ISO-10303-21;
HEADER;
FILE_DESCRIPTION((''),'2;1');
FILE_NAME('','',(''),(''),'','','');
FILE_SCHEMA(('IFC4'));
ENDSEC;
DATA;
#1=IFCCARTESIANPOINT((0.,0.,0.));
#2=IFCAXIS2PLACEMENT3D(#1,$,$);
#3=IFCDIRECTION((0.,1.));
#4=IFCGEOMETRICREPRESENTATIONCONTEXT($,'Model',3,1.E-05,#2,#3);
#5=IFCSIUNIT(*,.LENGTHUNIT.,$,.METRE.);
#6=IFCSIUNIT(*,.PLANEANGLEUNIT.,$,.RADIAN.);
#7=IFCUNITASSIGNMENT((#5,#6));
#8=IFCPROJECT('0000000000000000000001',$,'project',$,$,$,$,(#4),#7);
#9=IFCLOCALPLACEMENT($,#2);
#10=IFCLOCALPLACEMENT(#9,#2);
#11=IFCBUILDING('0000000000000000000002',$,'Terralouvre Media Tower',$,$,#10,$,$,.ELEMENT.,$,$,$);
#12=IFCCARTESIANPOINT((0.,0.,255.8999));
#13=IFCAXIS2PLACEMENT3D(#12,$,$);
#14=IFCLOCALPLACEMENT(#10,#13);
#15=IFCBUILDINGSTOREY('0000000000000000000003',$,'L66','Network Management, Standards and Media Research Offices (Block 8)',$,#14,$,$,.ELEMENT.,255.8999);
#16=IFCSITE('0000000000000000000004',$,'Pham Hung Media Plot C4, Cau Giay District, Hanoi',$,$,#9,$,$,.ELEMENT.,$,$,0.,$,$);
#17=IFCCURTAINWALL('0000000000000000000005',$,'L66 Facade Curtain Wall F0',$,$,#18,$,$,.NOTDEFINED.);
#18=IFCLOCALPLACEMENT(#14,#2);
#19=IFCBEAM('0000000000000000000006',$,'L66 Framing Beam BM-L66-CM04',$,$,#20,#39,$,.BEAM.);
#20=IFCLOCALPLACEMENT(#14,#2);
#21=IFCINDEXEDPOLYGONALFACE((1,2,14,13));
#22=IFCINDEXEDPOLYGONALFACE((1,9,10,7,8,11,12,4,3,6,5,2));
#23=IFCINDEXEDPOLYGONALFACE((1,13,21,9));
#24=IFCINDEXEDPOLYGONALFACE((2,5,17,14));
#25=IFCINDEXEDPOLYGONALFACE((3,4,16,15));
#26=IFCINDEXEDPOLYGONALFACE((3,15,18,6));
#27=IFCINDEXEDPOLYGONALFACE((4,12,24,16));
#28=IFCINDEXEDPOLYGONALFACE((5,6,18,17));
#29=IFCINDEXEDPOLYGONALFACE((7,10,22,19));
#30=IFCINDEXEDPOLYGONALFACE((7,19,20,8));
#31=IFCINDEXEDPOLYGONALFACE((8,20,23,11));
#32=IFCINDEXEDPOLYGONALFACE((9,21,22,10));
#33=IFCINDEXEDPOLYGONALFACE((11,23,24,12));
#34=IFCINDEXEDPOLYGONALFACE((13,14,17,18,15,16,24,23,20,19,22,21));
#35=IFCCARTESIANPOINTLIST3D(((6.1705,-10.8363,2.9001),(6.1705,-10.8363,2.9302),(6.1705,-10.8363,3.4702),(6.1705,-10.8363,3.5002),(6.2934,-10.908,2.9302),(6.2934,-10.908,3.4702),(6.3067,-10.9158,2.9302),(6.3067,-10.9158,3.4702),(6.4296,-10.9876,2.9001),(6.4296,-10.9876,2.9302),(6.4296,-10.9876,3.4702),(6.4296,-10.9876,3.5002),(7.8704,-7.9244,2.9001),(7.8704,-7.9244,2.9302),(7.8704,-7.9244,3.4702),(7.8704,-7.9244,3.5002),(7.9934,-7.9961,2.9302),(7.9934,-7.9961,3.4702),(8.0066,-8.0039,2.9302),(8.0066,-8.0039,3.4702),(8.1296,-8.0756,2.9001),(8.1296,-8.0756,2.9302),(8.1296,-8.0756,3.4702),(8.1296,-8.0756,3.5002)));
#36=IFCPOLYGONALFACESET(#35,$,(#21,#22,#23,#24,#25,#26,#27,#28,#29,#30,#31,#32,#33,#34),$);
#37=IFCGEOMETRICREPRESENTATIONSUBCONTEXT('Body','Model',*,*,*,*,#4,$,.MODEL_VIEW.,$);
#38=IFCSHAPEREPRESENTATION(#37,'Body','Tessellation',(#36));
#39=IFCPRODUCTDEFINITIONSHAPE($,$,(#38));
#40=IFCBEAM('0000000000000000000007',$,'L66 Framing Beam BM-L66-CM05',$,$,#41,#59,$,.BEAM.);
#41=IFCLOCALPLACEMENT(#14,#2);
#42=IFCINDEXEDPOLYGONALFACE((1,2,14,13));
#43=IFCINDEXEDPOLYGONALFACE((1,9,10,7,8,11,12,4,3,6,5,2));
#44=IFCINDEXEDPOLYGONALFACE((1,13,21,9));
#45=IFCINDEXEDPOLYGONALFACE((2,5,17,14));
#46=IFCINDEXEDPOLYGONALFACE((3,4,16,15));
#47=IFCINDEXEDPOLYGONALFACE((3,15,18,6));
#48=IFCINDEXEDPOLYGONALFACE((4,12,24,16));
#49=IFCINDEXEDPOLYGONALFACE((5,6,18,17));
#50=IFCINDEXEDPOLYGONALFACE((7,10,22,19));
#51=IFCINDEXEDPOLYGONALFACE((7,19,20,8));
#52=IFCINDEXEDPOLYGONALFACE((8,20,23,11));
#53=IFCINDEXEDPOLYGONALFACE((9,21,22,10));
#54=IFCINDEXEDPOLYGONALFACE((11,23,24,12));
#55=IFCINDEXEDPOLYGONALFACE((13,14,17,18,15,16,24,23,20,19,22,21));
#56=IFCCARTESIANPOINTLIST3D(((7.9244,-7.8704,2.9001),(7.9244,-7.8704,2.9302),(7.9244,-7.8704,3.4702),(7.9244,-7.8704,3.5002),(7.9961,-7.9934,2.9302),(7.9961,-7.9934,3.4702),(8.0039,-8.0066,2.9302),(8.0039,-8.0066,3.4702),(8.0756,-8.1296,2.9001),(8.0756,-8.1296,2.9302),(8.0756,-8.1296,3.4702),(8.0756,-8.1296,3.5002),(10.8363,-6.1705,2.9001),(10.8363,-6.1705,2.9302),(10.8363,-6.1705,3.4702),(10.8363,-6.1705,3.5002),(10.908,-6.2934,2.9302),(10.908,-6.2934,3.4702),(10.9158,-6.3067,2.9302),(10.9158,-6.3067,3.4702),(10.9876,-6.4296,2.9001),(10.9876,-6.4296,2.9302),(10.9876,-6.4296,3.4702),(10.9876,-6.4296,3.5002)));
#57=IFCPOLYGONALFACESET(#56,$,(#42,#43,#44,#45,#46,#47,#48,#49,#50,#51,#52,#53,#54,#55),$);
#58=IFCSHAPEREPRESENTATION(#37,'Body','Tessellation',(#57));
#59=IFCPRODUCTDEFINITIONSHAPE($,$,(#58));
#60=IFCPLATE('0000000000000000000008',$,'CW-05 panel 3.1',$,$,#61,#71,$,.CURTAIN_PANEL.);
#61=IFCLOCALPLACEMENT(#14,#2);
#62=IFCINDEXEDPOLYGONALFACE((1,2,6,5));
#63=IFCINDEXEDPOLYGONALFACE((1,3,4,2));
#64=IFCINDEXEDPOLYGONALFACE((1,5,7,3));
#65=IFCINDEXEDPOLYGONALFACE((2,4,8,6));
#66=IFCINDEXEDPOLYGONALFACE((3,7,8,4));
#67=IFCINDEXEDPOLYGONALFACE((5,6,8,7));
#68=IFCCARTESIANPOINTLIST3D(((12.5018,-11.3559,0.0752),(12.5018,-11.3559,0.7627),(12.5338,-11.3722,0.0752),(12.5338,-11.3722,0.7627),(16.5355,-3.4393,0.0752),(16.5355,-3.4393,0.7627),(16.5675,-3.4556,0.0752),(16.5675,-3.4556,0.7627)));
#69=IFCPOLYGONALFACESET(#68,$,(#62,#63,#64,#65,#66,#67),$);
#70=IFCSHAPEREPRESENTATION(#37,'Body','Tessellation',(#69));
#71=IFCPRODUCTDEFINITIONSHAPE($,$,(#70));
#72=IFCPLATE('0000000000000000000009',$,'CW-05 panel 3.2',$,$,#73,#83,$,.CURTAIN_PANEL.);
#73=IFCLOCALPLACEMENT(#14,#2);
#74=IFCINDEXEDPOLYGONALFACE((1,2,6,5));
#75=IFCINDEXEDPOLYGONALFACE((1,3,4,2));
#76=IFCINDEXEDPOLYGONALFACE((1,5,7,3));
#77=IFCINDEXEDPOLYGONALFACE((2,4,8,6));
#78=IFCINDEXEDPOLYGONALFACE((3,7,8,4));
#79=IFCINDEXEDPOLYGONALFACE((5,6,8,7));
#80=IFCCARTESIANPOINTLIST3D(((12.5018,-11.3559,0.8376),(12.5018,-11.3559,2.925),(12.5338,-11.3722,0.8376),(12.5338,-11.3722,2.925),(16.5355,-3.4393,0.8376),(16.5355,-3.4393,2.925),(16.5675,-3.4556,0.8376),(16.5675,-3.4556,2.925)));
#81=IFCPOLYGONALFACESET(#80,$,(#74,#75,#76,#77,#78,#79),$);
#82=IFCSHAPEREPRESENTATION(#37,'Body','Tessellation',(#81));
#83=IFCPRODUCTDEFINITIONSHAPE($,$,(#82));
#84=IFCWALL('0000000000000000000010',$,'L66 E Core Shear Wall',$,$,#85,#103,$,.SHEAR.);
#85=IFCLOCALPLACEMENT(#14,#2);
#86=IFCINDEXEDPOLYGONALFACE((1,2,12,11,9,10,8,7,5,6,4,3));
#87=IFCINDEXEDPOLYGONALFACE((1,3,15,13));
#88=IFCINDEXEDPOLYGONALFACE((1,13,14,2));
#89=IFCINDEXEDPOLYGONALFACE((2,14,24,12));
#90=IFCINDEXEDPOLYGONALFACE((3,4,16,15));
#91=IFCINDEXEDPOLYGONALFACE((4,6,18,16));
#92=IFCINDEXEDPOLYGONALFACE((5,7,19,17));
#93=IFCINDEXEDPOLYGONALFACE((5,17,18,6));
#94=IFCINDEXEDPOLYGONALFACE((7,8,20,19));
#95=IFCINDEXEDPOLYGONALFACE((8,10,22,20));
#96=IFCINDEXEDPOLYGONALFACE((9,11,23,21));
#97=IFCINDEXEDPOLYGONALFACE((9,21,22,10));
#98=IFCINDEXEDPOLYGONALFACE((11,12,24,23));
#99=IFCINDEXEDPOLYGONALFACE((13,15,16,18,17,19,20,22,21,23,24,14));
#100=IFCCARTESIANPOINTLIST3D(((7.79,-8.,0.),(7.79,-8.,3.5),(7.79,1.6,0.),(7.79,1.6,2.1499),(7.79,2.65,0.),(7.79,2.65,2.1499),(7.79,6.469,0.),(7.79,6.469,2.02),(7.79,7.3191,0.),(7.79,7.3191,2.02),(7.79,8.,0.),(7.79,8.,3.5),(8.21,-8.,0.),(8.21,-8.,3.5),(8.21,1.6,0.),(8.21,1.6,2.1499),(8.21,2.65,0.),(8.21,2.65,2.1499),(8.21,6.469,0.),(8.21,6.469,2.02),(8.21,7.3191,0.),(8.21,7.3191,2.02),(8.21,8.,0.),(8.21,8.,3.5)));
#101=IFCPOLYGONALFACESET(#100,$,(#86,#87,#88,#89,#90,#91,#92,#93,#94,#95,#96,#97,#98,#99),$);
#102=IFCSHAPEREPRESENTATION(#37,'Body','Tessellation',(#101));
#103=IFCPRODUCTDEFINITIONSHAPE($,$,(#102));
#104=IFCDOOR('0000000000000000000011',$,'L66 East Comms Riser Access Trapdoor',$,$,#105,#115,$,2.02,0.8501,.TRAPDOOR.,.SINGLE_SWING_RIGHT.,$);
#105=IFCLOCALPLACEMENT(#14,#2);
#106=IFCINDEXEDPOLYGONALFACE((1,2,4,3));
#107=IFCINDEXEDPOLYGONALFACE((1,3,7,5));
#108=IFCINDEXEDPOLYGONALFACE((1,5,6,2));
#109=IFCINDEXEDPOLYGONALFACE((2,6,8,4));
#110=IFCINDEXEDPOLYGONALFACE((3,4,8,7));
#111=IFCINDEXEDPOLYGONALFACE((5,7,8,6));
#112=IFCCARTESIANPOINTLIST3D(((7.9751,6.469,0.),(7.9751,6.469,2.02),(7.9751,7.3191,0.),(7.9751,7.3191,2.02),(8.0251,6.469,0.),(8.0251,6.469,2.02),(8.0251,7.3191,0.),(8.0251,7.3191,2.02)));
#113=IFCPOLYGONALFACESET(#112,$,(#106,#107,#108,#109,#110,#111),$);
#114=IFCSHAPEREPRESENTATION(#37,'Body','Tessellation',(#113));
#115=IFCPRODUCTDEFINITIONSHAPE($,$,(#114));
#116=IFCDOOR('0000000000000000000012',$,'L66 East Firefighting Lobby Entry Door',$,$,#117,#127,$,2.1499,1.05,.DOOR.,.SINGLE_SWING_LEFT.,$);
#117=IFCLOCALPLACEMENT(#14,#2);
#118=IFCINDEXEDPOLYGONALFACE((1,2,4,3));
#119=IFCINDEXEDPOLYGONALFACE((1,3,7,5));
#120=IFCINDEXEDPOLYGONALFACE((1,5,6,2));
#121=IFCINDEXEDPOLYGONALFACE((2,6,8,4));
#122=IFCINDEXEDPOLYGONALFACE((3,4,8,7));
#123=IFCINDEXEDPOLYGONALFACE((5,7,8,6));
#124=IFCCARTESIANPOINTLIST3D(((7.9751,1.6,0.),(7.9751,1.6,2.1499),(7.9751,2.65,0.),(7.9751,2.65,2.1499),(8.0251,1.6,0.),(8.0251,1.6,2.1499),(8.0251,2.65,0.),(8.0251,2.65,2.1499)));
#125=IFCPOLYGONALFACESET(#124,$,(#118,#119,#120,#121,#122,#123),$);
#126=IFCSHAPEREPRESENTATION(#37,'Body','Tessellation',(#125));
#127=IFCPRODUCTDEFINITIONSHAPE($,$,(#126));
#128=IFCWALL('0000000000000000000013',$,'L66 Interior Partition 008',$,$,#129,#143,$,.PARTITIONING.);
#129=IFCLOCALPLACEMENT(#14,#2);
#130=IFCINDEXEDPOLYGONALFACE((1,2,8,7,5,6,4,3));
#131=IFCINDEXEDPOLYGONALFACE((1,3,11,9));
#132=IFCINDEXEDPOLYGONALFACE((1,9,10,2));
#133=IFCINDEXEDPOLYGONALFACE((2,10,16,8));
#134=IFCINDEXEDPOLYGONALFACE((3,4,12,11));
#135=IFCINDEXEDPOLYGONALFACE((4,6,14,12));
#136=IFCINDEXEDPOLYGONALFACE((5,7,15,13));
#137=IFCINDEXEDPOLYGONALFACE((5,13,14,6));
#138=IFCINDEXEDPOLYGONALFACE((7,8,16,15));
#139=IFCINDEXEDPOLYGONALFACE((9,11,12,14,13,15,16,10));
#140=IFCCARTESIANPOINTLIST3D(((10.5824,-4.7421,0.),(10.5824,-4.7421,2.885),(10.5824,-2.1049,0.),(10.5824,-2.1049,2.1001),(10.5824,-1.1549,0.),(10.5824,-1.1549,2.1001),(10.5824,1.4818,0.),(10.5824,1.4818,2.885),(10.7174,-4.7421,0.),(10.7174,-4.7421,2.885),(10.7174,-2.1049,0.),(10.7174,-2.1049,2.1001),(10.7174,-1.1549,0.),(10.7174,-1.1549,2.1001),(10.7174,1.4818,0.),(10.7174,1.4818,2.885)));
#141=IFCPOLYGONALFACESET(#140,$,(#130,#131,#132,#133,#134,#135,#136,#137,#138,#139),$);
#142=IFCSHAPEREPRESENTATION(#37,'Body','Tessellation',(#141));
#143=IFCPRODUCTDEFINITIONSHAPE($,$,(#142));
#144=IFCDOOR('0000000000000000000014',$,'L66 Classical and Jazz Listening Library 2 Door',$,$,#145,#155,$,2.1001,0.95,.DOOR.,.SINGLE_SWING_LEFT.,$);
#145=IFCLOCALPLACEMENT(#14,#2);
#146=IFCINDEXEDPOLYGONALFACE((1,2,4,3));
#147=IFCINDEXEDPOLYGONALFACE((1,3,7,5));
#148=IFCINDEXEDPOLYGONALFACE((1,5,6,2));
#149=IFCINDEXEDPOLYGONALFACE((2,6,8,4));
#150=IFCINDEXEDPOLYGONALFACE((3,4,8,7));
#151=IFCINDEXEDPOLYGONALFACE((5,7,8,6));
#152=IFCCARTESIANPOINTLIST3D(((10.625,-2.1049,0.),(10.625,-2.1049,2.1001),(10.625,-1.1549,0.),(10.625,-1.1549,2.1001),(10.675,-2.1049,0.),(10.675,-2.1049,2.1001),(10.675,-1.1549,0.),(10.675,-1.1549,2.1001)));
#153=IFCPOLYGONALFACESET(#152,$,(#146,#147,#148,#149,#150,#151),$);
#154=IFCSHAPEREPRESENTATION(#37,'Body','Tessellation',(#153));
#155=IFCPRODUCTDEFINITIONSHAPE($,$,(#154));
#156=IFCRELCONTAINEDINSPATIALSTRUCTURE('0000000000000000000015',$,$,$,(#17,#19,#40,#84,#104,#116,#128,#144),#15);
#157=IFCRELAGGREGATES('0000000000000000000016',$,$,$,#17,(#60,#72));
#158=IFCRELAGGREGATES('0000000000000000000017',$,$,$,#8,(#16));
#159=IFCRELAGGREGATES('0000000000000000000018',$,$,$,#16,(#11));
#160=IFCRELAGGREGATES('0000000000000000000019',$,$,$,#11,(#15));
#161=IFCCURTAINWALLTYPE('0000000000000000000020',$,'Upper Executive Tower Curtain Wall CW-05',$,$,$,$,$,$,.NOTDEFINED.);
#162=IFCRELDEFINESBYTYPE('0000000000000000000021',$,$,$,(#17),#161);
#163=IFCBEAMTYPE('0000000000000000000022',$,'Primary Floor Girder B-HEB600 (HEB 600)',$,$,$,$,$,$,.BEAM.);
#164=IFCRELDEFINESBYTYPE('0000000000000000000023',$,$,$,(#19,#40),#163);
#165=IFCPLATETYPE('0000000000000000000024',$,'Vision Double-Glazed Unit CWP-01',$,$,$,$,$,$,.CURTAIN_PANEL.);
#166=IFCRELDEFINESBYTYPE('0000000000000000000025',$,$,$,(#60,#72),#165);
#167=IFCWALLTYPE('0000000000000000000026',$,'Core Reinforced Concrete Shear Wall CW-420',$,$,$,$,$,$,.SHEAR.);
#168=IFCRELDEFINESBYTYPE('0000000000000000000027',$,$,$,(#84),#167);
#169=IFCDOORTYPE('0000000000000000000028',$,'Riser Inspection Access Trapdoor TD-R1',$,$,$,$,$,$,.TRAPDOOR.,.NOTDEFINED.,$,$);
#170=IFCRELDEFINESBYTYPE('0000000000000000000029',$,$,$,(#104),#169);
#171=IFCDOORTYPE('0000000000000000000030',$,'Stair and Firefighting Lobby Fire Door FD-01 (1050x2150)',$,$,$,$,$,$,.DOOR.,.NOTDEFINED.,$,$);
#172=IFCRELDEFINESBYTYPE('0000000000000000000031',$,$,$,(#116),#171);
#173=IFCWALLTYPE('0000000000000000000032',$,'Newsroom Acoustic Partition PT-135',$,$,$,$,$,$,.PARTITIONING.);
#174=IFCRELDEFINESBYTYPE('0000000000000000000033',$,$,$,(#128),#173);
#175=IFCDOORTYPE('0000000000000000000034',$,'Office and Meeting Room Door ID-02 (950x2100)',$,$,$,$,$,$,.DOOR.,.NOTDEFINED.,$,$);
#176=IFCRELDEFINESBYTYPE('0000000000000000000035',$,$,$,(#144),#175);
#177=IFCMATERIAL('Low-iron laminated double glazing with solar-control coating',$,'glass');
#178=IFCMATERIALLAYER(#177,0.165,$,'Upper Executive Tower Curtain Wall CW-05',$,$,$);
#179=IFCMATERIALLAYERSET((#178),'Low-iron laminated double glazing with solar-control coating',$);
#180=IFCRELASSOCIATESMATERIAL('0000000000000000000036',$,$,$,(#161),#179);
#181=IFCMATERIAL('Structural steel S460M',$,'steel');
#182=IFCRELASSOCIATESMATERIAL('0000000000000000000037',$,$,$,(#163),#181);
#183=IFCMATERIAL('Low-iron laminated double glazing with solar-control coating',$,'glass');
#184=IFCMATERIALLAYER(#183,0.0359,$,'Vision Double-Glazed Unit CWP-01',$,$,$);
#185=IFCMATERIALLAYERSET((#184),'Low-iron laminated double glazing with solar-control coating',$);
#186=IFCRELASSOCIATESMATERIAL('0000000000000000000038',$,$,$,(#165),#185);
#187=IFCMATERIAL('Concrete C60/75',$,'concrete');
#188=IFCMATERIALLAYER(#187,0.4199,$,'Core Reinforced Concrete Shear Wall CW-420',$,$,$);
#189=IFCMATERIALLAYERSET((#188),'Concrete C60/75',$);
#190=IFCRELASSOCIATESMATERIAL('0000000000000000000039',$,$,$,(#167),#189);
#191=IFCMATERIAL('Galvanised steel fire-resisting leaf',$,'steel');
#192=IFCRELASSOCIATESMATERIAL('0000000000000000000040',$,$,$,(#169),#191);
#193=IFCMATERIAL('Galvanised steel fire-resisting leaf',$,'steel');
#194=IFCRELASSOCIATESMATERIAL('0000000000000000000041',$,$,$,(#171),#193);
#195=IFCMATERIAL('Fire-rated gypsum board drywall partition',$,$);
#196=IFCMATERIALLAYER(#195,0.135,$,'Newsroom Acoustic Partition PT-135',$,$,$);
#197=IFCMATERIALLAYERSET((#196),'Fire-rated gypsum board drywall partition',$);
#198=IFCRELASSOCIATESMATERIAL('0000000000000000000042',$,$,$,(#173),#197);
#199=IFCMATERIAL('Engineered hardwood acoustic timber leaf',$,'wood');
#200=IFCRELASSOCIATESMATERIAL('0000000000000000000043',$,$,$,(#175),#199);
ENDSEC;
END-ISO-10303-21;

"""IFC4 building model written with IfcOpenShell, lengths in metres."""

from ifc_helpers import new_model, si_unit, direction, frame, frame_2d, origin, origin_2d, place, context, subcontext, project, spatial, rectangle, i_section, extrude, material, layer, layer_set, material_profile, profile_set, type_object, element, fill, aggregate, save


model = new_model("IFC4")

# Units and contexts
model_context = context("Model", 3, precision=1e-05, world=origin(), true_north=direction((0.0, 1.0)))
body_context = subcontext(model_context, "Body", "Model", "MODEL_VIEW")
ifc_project = project(units=[si_unit("LENGTHUNIT", "METRE"), si_unit("PLANEANGLEUNIT", "RADIAN")], contexts=[model_context])

# Site, building, storey
site_placement = place(None, origin())
site = spatial("IfcSite", under=ifc_project, at=site_placement, Name="Pham Hung Media Plot C4, Cau Giay District, Hanoi", CompositionType="ELEMENT", RefElevation=0.0)
building_placement = place(site_placement, origin())
building = spatial("IfcBuilding", under=site, at=building_placement, Name="Terralouvre Media Tower", CompositionType="ELEMENT")
storey_placement = place(building_placement, frame((0.0, 0.0, 255.8999)))
storey = spatial("IfcBuildingStorey", under=building, at=storey_placement, Name="L66", Description="Network Management, Standards and Media Research Offices (Block 8)", CompositionType="ELEMENT", Elevation=255.8999)

# Curtain wall
ifc_material_1 = material(Name="Low-iron laminated double glazing with solar-control coating", Category="glass")
ifc_layer_1 = layer(ifc_material_1, 0.165, Name="Upper Executive Tower Curtain Wall CW-05")
ifc_layer_set_1 = layer_set([ifc_layer_1], Name="Low-iron laminated double glazing with solar-control coating")
curtain_wall_type = type_object("IfcCurtainWallType", Name="Upper Executive Tower Curtain Wall CW-05", PredefinedType="NOTDEFINED", material=ifc_layer_set_1)
curtain_wall_placement = place(storey_placement, origin())
curtain_wall = element("IfcCurtainWall", 1, at=curtain_wall_placement, inside=storey, type_object=curtain_wall_type, Name="L66 Facade Curtain Wall F0", PredefinedType="NOTDEFINED")

# Beams
ifc_material_2 = material(Name="Structural steel S460M", Category="steel")
ifc_material_profile_1 = material_profile(ifc_material_2, i_section(OverallWidth=0.3, OverallDepth=0.6001, WebThickness=0.0154, FlangeThickness=0.03, at=origin_2d()), Name="HEB 600")
ifc_profile_set_1 = profile_set([ifc_material_profile_1], Name="Structural steel S460M")
beam_type_1 = type_object("IfcBeamType", Name="Primary Floor Girder B-HEB600 (HEB 600)", PredefinedType="BEAM", material=ifc_profile_set_1)
for number, where, z_axis, x_axis, name in (
    (2, (8.0, -8.0, 3.2002), (-0.504173, -0.863603, 0.0), (0.863603, -0.504173, 0.0), "L66 Framing Beam BM-L66-CM04"),
    (3, (8.0, -8.0, 3.2002), (0.863603, 0.504173, 0.0), (-0.504173, 0.863603, 0.0), "L66 Framing Beam BM-L66-CM05"),
):
    element("IfcBeam", number, at=place(storey_placement, frame(where, z_axis=z_axis, x_axis=x_axis)), inside=storey, type_object=beam_type_1, Name=name, PredefinedType="BEAM", context=body_context, shape_type="SweptSolid", body=[
        extrude(i_section(OverallWidth=0.3, OverallDepth=0.6001, WebThickness=0.0154, FlangeThickness=0.03, at=origin_2d()), origin(), (0.0, 0.0, 1.0), 3.3718),
    ])

# Plates
ifc_material_3 = material(Name="Low-iron laminated double glazing with solar-control coating", Category="glass")
ifc_layer_2 = layer(ifc_material_3, 0.0359, Name="Vision Double-Glazed Unit CWP-01")
ifc_layer_set_2 = layer_set([ifc_layer_2], Name="Low-iron laminated double glazing with solar-control coating")
plate_type = type_object("IfcPlateType", Name="Vision Double-Glazed Unit CWP-01", PredefinedType="CURTAIN_PANEL", material=ifc_layer_set_2)
plate_1_placement = place(storey_placement, frame((14.5347, -7.4058, 0.0752), z_axis=(0.0, 0.0, 1.0), x_axis=(0.45399, 0.891007, 0.0)))
plate_1 = element("IfcPlate", 4, at=plate_1_placement, type_object=plate_type, Name="CW-05 panel 3.1", PredefinedType="CURTAIN_PANEL", context=body_context, shape_type="SweptSolid", body=[
    extrude(rectangle(XDim=8.885, YDim=0.0359, at=origin_2d()), origin(), (0.0, 0.0, 1.0), 0.6875),
])
plate_2_placement = place(storey_placement, frame((14.5347, -7.4058, 0.8376), z_axis=(0.0, 0.0, 1.0), x_axis=(0.45399, 0.891007, 0.0)))
plate_2 = element("IfcPlate", 5, at=plate_2_placement, type_object=plate_type, Name="CW-05 panel 3.2", PredefinedType="CURTAIN_PANEL", context=body_context, shape_type="SweptSolid", body=[
    extrude(rectangle(XDim=8.885, YDim=0.0359, at=origin_2d()), origin(), (0.0, 0.0, 1.0), 2.0874),
])
aggregate(curtain_wall, [plate_1, plate_2])

# Wall, openings, doors
ifc_material_4 = material(Name="Concrete C60/75", Category="concrete")
ifc_layer_3 = layer(ifc_material_4, 0.4199, Name="Core Reinforced Concrete Shear Wall CW-420")
ifc_layer_set_3 = layer_set([ifc_layer_3], Name="Concrete C60/75")
wall_type_1 = type_object("IfcWallType", Name="Core Reinforced Concrete Shear Wall CW-420", PredefinedType="SHEAR", material=ifc_layer_set_3)
wall_1_placement = place(storey_placement, frame((8.0, -8.0, 0.0), z_axis=(0.0, 0.0, 1.0), x_axis=(0.0, 1.0, 0.0)))
wall_1 = element("IfcWall", 6, at=wall_1_placement, inside=storey, type_object=wall_type_1, Name="L66 E Core Shear Wall", PredefinedType="SHEAR", context=body_context, shape_type="SweptSolid", body=[
    extrude(rectangle(XDim=16.0, YDim=0.4199, at=frame_2d((8.0, 0.0))), origin(), (0.0, 0.0, 1.0), 3.5),
])
opening_1_placement = place(wall_1_placement, frame((9.6001, 0.0, 0.0)))
opening_1 = element("IfcOpeningElement", 7, at=opening_1_placement, cuts=wall_1, PredefinedType="OPENING", context=body_context, shape_type="SweptSolid", body=[
    extrude(rectangle(XDim=1.05, YDim=2.1499, at=frame_2d((0.5249, 1.075))), frame((0.0, 0.22, 0.0), z_axis=(0.0, -1.0, 0.0), x_axis=(1.0, 0.0, 0.0)), (0.0, 0.0, 1.0), 0.4399),
])
opening_2_placement = place(wall_1_placement, frame((14.469, 0.0, 0.0)))
opening_2 = element("IfcOpeningElement", 8, at=opening_2_placement, cuts=wall_1, PredefinedType="OPENING", context=body_context, shape_type="SweptSolid", body=[
    extrude(rectangle(XDim=0.8501, YDim=2.02, at=frame_2d((0.425, 1.01))), frame((0.0, 0.22, 0.0), z_axis=(0.0, -1.0, 0.0), x_axis=(1.0, 0.0, 0.0)), (0.0, 0.0, 1.0), 0.4399),
])
ifc_material_5 = material(Name="Galvanised steel fire-resisting leaf", Category="steel")
door_type_1 = type_object("IfcDoorType", Name="Riser Inspection Access Trapdoor TD-R1", OperationType="NOTDEFINED", PredefinedType="TRAPDOOR", material=ifc_material_5)
door_1_placement = place(opening_2_placement, origin())
door_1 = element("IfcDoor", 9, at=door_1_placement, inside=storey, type_object=door_type_1, Name="L66 East Comms Riser Access Trapdoor", OperationType="SINGLE_SWING_RIGHT", OverallHeight=2.02, OverallWidth=0.8501, PredefinedType="TRAPDOOR", context=body_context, shape_type="SweptSolid", body=[
    extrude(rectangle(XDim=0.8501, YDim=2.02, at=frame_2d((0.425, 1.01))), frame((0.0, 0.0249, 0.0), z_axis=(0.0, -1.0, 0.0), x_axis=(1.0, 0.0, 0.0)), (0.0, 0.0, 1.0), 0.05),
])
fill(opening_2, door_1)
ifc_material_6 = material(Name="Galvanised steel fire-resisting leaf", Category="steel")
door_type_2 = type_object("IfcDoorType", Name="Stair and Firefighting Lobby Fire Door FD-01 (1050x2150)", OperationType="NOTDEFINED", PredefinedType="DOOR", material=ifc_material_6)
door_2_placement = place(opening_1_placement, origin())
door_2 = element("IfcDoor", 10, at=door_2_placement, inside=storey, type_object=door_type_2, Name="L66 East Firefighting Lobby Entry Door", OperationType="SINGLE_SWING_LEFT", OverallHeight=2.1499, OverallWidth=1.05, PredefinedType="DOOR", context=body_context, shape_type="SweptSolid", body=[
    extrude(rectangle(XDim=1.05, YDim=2.1499, at=frame_2d((0.5249, 1.075))), frame((0.0, 0.0249, 0.0), z_axis=(0.0, -1.0, 0.0), x_axis=(1.0, 0.0, 0.0)), (0.0, 0.0, 1.0), 0.05),
])
fill(opening_1, door_2)

# Wall, opening, door
ifc_material_7 = material(Name="Fire-rated gypsum board drywall partition")
ifc_layer_4 = layer(ifc_material_7, 0.135, Name="Newsroom Acoustic Partition PT-135")
ifc_layer_set_4 = layer_set([ifc_layer_4], Name="Fire-rated gypsum board drywall partition")
wall_type_2 = type_object("IfcWallType", Name="Newsroom Acoustic Partition PT-135", PredefinedType="PARTITIONING", material=ifc_layer_set_4)
wall_2_placement = place(storey_placement, frame((10.6499, -4.7419, 0.0), z_axis=(0.0, 0.0, 1.0), x_axis=(0.0, 1.0, 0.0)))
wall_2 = element("IfcWall", 11, at=wall_2_placement, inside=storey, type_object=wall_type_2, Name="L66 Interior Partition 008", PredefinedType="PARTITIONING", context=body_context, shape_type="SweptSolid", body=[
    extrude(rectangle(XDim=6.2239, YDim=0.135, at=frame_2d((3.1118, 0.0))), origin(), (0.0, 0.0, 1.0), 2.885),
])
opening_3_placement = place(wall_2_placement, frame((2.637, 0.0, 0.0)))
opening_3 = element("IfcOpeningElement", 12, at=opening_3_placement, cuts=wall_2, PredefinedType="OPENING", context=body_context, shape_type="SweptSolid", body=[
    extrude(rectangle(XDim=0.95, YDim=2.1001, at=frame_2d((0.4751, 1.05))), frame((0.0, 0.0774, 0.0), z_axis=(0.0, -1.0, 0.0), x_axis=(1.0, 0.0, 0.0)), (0.0, 0.0, 1.0), 0.155),
])
ifc_material_8 = material(Name="Engineered hardwood acoustic timber leaf", Category="wood")
door_type_3 = type_object("IfcDoorType", Name="Office and Meeting Room Door ID-02 (950x2100)", OperationType="NOTDEFINED", PredefinedType="DOOR", material=ifc_material_8)
door_3_placement = place(opening_3_placement, origin())
door_3 = element("IfcDoor", 13, at=door_3_placement, inside=storey, type_object=door_type_3, Name="L66 Classical and Jazz Listening Library 2 Door", OperationType="SINGLE_SWING_LEFT", OverallHeight=2.1001, OverallWidth=0.95, PredefinedType="DOOR", context=body_context, shape_type="SweptSolid", body=[
    extrude(rectangle(XDim=0.95, YDim=2.1001, at=frame_2d((0.4751, 1.05))), frame((0.0, 0.0249, 0.0), z_axis=(0.0, -1.0, 0.0), x_axis=(1.0, 0.0, 0.0)), (0.0, 0.0, 1.0), 0.05),
])
fill(opening_3, door_3)

save(model, "model.ifc")
